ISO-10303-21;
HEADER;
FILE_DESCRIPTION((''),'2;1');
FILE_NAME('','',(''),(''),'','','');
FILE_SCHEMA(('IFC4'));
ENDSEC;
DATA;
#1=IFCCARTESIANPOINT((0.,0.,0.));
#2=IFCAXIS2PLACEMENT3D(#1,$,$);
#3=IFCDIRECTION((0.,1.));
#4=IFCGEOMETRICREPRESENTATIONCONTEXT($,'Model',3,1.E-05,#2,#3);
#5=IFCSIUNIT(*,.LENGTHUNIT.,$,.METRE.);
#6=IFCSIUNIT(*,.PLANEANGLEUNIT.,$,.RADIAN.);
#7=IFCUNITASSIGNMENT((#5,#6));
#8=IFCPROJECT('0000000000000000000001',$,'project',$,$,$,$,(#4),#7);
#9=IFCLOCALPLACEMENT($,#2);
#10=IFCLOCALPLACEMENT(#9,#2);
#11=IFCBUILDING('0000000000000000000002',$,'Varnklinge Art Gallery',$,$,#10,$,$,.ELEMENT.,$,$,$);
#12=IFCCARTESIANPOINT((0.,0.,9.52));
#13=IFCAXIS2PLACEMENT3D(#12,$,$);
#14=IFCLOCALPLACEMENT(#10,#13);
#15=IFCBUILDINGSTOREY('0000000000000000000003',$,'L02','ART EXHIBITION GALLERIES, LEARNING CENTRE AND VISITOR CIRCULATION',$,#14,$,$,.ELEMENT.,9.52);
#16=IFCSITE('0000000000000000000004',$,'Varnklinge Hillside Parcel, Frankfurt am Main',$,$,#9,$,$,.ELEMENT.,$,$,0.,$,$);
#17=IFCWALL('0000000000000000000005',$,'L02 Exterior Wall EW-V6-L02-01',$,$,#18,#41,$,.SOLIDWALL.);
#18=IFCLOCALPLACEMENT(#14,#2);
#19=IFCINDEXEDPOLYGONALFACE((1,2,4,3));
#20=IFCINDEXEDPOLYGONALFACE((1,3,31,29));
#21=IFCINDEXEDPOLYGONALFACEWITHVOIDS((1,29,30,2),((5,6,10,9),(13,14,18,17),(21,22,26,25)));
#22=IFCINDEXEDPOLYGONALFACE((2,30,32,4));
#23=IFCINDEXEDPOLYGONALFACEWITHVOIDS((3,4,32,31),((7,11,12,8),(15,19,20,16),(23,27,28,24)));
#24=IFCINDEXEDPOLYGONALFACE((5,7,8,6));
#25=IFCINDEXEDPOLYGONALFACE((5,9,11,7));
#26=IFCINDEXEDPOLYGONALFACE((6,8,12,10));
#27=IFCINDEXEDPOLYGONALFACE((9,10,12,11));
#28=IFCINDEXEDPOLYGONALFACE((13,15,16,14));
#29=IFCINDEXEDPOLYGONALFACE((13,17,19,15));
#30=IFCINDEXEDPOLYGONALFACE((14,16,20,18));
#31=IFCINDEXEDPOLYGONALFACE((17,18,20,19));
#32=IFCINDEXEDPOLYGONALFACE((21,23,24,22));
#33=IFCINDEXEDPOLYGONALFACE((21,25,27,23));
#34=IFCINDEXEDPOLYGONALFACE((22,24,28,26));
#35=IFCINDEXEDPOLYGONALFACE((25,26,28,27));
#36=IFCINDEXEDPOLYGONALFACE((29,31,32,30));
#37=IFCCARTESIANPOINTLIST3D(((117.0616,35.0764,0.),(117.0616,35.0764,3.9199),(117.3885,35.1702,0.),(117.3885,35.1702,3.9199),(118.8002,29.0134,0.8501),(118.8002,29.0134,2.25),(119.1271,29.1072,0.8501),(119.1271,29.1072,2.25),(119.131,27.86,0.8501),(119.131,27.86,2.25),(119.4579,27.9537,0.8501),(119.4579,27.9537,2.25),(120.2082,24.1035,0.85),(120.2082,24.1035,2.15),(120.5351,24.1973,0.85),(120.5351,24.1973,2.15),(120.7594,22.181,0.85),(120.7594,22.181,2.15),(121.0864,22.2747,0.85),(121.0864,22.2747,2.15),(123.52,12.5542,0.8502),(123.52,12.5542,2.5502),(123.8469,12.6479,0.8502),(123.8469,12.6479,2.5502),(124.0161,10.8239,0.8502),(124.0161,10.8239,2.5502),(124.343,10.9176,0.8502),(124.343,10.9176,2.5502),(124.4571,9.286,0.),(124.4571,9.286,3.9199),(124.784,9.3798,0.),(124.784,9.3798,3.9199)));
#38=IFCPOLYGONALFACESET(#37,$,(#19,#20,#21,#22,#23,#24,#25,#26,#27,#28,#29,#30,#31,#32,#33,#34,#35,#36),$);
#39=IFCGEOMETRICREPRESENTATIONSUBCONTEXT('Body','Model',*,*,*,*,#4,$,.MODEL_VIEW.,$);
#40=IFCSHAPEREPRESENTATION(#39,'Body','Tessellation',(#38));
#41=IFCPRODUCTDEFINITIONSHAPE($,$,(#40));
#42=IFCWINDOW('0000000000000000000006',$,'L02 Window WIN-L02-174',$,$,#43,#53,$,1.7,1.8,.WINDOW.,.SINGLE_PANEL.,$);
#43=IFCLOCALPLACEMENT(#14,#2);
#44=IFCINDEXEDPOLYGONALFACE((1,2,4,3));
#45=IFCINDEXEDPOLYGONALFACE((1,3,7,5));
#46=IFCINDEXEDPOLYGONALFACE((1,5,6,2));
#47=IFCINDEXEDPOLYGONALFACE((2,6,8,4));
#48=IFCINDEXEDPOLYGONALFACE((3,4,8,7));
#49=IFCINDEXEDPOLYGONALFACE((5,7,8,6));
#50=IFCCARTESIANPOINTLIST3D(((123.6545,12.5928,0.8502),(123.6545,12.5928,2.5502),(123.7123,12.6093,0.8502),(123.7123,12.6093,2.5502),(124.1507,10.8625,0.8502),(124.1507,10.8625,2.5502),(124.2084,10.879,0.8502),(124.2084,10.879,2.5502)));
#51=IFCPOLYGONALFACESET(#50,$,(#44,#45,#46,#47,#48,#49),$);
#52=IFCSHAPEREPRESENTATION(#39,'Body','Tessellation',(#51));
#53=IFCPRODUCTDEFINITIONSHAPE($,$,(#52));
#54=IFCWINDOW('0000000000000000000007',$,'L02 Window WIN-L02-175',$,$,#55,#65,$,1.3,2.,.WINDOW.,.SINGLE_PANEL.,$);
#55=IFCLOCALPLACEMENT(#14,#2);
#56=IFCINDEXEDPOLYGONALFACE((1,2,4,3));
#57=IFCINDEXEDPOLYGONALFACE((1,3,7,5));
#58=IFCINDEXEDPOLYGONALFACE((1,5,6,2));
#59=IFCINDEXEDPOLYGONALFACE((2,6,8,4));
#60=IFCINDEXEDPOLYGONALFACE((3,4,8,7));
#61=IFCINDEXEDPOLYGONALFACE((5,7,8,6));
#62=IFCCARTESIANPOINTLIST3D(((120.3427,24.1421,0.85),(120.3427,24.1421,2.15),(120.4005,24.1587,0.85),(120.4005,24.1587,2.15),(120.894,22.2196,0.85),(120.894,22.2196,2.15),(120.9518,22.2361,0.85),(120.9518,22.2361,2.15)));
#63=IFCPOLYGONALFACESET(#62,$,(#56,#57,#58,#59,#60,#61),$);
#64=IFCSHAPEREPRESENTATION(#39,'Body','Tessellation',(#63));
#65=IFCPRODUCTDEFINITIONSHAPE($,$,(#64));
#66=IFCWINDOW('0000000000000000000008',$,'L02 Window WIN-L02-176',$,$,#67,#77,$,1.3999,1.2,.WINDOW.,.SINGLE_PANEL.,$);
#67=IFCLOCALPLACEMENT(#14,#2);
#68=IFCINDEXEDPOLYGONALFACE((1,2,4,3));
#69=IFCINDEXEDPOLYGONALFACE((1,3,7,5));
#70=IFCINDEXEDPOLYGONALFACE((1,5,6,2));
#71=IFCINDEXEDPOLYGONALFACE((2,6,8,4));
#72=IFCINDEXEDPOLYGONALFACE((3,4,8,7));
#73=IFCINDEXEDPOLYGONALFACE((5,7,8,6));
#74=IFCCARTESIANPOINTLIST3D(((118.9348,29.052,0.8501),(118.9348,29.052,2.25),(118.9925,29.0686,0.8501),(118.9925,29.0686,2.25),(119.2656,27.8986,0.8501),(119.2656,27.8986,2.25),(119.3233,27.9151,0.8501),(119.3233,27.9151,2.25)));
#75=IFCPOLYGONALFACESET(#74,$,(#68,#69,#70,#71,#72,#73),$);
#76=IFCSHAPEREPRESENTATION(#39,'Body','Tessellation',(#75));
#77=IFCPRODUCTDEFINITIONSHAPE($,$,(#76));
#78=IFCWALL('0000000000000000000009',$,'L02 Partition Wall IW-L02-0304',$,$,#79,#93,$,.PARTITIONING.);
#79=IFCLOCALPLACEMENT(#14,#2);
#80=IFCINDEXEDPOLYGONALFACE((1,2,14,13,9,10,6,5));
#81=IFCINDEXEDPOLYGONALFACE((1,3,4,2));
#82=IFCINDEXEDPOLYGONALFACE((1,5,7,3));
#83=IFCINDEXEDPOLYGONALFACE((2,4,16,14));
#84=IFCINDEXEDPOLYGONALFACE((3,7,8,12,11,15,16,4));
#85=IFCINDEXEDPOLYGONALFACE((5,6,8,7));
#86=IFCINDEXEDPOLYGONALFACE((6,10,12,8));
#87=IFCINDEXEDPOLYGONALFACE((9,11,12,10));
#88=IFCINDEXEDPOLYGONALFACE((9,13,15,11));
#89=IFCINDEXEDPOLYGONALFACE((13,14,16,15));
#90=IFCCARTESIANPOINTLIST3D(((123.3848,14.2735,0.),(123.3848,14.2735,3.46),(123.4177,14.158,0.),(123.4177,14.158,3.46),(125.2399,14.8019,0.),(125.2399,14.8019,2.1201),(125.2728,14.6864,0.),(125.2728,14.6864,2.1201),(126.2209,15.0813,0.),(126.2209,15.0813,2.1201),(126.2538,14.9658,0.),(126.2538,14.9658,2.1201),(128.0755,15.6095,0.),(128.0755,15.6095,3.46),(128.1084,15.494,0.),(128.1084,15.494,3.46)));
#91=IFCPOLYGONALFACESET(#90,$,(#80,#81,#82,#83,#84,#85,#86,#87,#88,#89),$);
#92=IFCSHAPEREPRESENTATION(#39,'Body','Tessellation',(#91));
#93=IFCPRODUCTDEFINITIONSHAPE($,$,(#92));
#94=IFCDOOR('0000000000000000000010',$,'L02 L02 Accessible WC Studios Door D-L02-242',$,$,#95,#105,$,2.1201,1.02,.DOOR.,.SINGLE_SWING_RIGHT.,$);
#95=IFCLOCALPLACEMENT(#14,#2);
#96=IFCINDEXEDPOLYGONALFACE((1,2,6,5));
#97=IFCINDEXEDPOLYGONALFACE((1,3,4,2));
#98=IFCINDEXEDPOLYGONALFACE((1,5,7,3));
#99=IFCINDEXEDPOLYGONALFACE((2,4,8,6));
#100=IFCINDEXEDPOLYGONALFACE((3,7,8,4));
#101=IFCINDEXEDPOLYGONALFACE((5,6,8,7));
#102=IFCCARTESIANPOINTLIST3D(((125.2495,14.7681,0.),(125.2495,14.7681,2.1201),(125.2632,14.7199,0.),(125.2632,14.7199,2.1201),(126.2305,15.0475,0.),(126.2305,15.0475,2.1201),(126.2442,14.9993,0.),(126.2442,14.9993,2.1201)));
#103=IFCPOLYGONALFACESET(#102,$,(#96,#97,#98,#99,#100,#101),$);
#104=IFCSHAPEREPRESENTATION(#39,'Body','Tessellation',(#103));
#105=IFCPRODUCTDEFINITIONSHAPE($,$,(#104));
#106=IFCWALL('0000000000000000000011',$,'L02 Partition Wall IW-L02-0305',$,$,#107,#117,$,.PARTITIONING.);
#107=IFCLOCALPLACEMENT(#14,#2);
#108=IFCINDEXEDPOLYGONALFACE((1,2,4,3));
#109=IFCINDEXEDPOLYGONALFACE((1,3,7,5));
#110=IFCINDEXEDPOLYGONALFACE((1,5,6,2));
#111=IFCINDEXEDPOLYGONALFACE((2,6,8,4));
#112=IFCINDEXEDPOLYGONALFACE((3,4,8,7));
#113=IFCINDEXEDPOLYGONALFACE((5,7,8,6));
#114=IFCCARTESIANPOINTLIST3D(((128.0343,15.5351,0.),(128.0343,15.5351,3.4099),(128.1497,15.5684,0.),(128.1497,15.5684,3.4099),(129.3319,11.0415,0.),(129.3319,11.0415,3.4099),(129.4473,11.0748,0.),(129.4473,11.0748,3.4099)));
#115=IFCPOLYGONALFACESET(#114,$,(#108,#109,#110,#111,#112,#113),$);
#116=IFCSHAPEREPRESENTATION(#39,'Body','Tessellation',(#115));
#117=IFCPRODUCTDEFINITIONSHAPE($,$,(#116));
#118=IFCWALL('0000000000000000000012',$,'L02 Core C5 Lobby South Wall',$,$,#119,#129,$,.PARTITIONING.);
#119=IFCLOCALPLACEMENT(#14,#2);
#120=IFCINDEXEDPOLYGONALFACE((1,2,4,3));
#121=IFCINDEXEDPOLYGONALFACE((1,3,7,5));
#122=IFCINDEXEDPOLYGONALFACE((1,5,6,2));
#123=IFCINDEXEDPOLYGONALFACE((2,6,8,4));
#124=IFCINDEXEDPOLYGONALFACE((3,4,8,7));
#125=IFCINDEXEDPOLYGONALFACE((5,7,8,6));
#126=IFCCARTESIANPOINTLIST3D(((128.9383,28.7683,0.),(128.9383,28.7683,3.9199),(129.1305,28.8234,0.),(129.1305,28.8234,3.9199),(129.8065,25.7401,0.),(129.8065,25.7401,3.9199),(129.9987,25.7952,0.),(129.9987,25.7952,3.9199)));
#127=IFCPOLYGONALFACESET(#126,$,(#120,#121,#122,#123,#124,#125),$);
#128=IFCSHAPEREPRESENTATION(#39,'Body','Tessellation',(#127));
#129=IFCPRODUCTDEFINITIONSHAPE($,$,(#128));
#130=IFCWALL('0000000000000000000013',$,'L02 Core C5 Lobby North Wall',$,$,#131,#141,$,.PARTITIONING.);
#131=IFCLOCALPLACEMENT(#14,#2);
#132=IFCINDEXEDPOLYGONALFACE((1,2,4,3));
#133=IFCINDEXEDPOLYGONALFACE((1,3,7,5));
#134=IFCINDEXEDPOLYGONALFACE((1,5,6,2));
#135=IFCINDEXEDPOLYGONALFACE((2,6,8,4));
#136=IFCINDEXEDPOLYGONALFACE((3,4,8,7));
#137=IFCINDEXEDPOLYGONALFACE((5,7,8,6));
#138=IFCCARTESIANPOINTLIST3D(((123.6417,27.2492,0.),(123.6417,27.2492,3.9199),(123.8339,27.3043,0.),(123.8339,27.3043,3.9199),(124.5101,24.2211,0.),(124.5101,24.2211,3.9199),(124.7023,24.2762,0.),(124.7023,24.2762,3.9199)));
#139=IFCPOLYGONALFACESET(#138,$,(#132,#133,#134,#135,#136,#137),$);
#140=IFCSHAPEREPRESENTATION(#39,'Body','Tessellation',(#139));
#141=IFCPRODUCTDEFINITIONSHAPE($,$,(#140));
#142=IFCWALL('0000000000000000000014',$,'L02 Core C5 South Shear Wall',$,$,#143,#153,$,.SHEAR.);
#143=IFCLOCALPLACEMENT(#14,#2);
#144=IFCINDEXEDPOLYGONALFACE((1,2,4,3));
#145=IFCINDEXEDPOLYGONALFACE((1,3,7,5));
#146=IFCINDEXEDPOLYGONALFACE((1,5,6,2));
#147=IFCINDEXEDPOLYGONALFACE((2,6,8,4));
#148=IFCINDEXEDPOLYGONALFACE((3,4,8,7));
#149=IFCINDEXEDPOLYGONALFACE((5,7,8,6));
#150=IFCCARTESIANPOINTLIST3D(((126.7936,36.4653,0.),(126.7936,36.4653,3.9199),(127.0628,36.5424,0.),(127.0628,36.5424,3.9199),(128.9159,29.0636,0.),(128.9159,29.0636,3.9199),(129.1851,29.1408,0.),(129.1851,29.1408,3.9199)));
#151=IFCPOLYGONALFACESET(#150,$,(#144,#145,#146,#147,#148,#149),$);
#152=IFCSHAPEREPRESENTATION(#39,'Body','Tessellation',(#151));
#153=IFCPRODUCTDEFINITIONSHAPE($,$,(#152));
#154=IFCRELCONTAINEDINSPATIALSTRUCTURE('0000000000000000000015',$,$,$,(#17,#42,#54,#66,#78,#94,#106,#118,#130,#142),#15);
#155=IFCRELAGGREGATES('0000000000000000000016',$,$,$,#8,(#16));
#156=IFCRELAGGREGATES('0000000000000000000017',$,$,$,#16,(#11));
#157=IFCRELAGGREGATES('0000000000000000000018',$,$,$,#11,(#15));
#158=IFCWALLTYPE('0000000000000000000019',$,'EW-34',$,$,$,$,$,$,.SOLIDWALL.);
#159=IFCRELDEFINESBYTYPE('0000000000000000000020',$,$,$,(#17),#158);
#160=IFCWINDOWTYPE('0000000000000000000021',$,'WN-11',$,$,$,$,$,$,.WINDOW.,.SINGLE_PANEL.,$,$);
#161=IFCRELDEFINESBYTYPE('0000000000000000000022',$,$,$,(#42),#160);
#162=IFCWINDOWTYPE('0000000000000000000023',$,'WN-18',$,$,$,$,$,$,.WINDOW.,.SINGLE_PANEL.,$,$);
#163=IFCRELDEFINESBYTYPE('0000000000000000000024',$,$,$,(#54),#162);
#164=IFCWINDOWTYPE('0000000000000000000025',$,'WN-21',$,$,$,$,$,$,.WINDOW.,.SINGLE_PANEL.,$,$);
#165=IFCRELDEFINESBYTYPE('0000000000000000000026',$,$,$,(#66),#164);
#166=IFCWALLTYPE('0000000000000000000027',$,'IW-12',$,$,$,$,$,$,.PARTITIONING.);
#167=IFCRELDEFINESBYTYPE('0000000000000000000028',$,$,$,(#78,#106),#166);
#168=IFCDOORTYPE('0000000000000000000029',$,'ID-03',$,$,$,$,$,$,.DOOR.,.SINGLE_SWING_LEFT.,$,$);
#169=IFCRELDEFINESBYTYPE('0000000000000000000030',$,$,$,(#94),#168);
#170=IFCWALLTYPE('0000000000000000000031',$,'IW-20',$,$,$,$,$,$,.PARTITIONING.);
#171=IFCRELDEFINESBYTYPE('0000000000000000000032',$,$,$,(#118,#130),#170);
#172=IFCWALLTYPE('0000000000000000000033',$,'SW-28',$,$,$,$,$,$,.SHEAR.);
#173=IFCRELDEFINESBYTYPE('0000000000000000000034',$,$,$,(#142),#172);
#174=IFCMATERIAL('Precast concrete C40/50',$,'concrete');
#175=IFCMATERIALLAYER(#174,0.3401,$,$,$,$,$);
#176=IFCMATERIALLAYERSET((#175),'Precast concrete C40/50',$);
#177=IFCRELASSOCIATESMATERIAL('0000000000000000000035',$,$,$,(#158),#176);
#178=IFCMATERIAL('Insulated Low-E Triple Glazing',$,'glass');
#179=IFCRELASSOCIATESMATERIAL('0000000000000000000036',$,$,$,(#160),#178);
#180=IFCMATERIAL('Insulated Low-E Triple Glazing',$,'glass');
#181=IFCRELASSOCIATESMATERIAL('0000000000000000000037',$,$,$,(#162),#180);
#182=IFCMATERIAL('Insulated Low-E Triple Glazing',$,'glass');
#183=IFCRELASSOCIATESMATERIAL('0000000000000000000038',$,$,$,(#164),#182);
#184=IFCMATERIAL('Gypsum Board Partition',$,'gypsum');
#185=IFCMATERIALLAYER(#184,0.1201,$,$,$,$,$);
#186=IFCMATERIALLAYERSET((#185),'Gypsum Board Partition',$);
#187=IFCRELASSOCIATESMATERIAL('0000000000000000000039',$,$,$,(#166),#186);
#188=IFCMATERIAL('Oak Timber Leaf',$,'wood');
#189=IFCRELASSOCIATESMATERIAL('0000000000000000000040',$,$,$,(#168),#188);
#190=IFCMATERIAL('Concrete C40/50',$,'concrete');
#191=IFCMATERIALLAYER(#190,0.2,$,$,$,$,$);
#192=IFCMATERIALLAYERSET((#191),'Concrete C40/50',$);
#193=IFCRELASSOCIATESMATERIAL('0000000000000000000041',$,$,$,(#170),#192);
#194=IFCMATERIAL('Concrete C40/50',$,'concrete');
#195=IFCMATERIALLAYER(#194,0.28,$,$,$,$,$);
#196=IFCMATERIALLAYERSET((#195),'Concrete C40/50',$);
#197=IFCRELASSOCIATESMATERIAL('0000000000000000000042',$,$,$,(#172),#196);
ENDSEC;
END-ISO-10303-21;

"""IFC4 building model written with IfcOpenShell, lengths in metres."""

from ifc_helpers import new_model, si_unit, direction, frame, frame_2d, origin, place, context, subcontext, project, spatial, rectangle, extrude, material, layer, layer_set, type_object, element, fill, save


model = new_model("IFC4")

# Units and contexts
model_context = context("Model", 3, precision=1e-05, world=origin(), true_north=direction((0.0, 1.0)))
body_context = subcontext(model_context, "Body", "Model", "MODEL_VIEW")
ifc_project = project(units=[si_unit("LENGTHUNIT", "METRE"), si_unit("PLANEANGLEUNIT", "RADIAN")], contexts=[model_context])

# Site, building, storey
site_placement = place(None, origin())
site = spatial("IfcSite", under=ifc_project, at=site_placement, Name="Varnklinge Hillside Parcel, Frankfurt am Main", CompositionType="ELEMENT", RefElevation=0.0)
building_placement = place(site_placement, origin())
building = spatial("IfcBuilding", under=site, at=building_placement, Name="Varnklinge Art Gallery", CompositionType="ELEMENT")
storey_placement = place(building_placement, frame((0.0, 0.0, 9.52)))
storey = spatial("IfcBuildingStorey", under=building, at=storey_placement, Name="L02", Description="ART EXHIBITION GALLERIES, LEARNING CENTRE AND VISITOR CIRCULATION", CompositionType="ELEMENT", Elevation=9.52)

# Wall, openings, windows
ifc_material_1 = material(Name="Precast concrete C40/50", Category="concrete")
ifc_layer_1 = layer(ifc_material_1, 0.3401)
ifc_layer_set_1 = layer_set([ifc_layer_1], Name="Precast concrete C40/50")
wall_type_1 = type_object("IfcWallType", Name="EW-34", PredefinedType="SOLIDWALL", material=ifc_layer_set_1)
wall_1_placement = place(storey_placement, frame((124.6206, 9.3328, 0.0), z_axis=(0.0, 0.0, 1.0), x_axis=(-0.275644, 0.96126, 0.0)))
wall_1 = element("IfcWall", 1, at=wall_1_placement, inside=storey, type_object=wall_type_1, Name="L02 Exterior Wall EW-V6-L02-01", PredefinedType="SOLIDWALL", context=body_context, shape_type="SweptSolid", body=[
    extrude(rectangle(XDim=26.8298, YDim=0.3401, at=frame_2d((13.415, 0.0))), origin(), (0.0, 0.0, 1.0), 3.9199),
])
opening_1_placement = place(wall_1_placement, frame((1.6001, 0.0, 0.8501)))
opening_1 = element("IfcOpeningElement", 2, at=opening_1_placement, cuts=wall_1, PredefinedType="OPENING", context=body_context, shape_type="SweptSolid", body=[
    extrude(rectangle(XDim=1.8, YDim=1.7, at=frame_2d((0.8999, 0.8501))), frame((0.0, 0.1799, 0.0), z_axis=(0.0, -1.0, 0.0), x_axis=(1.0, 0.0, 0.0)), (0.0, 0.0, 1.0), 0.3601),
])
opening_2_placement = place(wall_1_placement, frame((13.4148, 0.0, 0.8501)))
opening_2 = element("IfcOpeningElement", 3, at=opening_2_placement, cuts=wall_1, PredefinedType="OPENING", context=body_context, shape_type="SweptSolid", body=[
    extrude(rectangle(XDim=2.0, YDim=1.3, at=frame_2d((1.0, 0.6499))), frame((0.0, 0.1799, 0.0), z_axis=(0.0, -1.0, 0.0), x_axis=(1.0, 0.0, 0.0)), (0.0, 0.0, 1.0), 0.3601),
])
opening_3_placement = place(wall_1_placement, frame((19.3225, 0.0, 0.8501)))
opening_3 = element("IfcOpeningElement", 4, at=opening_3_placement, cuts=wall_1, PredefinedType="OPENING", context=body_context, shape_type="SweptSolid", body=[
    extrude(rectangle(XDim=1.2, YDim=1.3999, at=frame_2d((0.6001, 0.7))), frame((0.0, 0.1799, 0.0), z_axis=(0.0, -1.0, 0.0), x_axis=(1.0, 0.0, 0.0)), (0.0, 0.0, 1.0), 0.3601),
])
ifc_material_2 = material(Name="Insulated Low-E Triple Glazing", Category="glass")
window_type_1 = type_object("IfcWindowType", Name="WN-11", PartitioningType="SINGLE_PANEL", PredefinedType="WINDOW", material=ifc_material_2)
window_1_placement = place(opening_1_placement, origin())
window_1 = element("IfcWindow", 5, at=window_1_placement, inside=storey, type_object=window_type_1, Name="L02 Window WIN-L02-174", OverallHeight=1.7, OverallWidth=1.8, PartitioningType="SINGLE_PANEL", PredefinedType="WINDOW", context=body_context, shape_type="SweptSolid", body=[
    extrude(rectangle(XDim=1.8, YDim=1.7, at=frame_2d((0.8999, 0.8501))), frame((0.0, 0.03, 0.0), z_axis=(0.0, -1.0, 0.0), x_axis=(1.0, 0.0, 0.0)), (0.0, 0.0, 1.0), 0.0601),
])
fill(opening_1, window_1)
ifc_material_3 = material(Name="Insulated Low-E Triple Glazing", Category="glass")
window_type_2 = type_object("IfcWindowType", Name="WN-18", PartitioningType="SINGLE_PANEL", PredefinedType="WINDOW", material=ifc_material_3)
window_2_placement = place(opening_2_placement, origin())
window_2 = element("IfcWindow", 6, at=window_2_placement, inside=storey, type_object=window_type_2, Name="L02 Window WIN-L02-175", OverallHeight=1.3, OverallWidth=2.0, PartitioningType="SINGLE_PANEL", PredefinedType="WINDOW", context=body_context, shape_type="SweptSolid", body=[
    extrude(rectangle(XDim=2.0, YDim=1.3, at=frame_2d((1.0, 0.6499))), frame((0.0, 0.03, 0.0), z_axis=(0.0, -1.0, 0.0), x_axis=(1.0, 0.0, 0.0)), (0.0, 0.0, 1.0), 0.0601),
])
fill(opening_2, window_2)
ifc_material_4 = material(Name="Insulated Low-E Triple Glazing", Category="glass")
window_type_3 = type_object("IfcWindowType", Name="WN-21", PartitioningType="SINGLE_PANEL", PredefinedType="WINDOW", material=ifc_material_4)
window_3_placement = place(opening_3_placement, origin())
window_3 = element("IfcWindow", 7, at=window_3_placement, inside=storey, type_object=window_type_3, Name="L02 Window WIN-L02-176", OverallHeight=1.3999, OverallWidth=1.2, PartitioningType="SINGLE_PANEL", PredefinedType="WINDOW", context=body_context, shape_type="SweptSolid", body=[
    extrude(rectangle(XDim=1.2, YDim=1.3999, at=frame_2d((0.6001, 0.7))), frame((0.0, 0.03, 0.0), z_axis=(0.0, -1.0, 0.0), x_axis=(1.0, 0.0, 0.0)), (0.0, 0.0, 1.0), 0.0601),
])
fill(opening_3, window_3)

# Wall, opening, door
ifc_material_5 = material(Name="Gypsum Board Partition", Category="gypsum")
ifc_layer_2 = layer(ifc_material_5, 0.1201)
ifc_layer_set_2 = layer_set([ifc_layer_2], Name="Gypsum Board Partition")
wall_type_2 = type_object("IfcWallType", Name="IW-12", PredefinedType="PARTITIONING", material=ifc_layer_set_2)
wall_2_placement = place(storey_placement, frame((123.4014, 14.2158, 0.0), z_axis=(0.0, 0.0, 1.0), x_axis=(0.961754, 0.273914, 0.0)))
wall_2 = element("IfcWall", 8, at=wall_2_placement, inside=storey, type_object=wall_type_2, Name="L02 Partition Wall IW-L02-0304", PredefinedType="PARTITIONING", context=body_context, shape_type="SweptSolid", body=[
    extrude(rectangle(XDim=4.8772, YDim=0.1201, at=frame_2d((2.4385, 0.0))), origin(), (0.0, 0.0, 1.0), 3.46),
])
opening_4_placement = place(wall_2_placement, frame((1.9287, 0.0, 0.0)))
opening_4 = element("IfcOpeningElement", 9, at=opening_4_placement, cuts=wall_2, PredefinedType="OPENING", context=body_context, shape_type="SweptSolid", body=[
    extrude(rectangle(XDim=1.02, YDim=2.1201, at=frame_2d((0.51, 1.0601))), frame((0.0, 0.0701, 0.0), z_axis=(0.0, -1.0, 0.0), x_axis=(1.0, 0.0, 0.0)), (0.0, 0.0, 1.0), 0.1401),
])
ifc_material_6 = material(Name="Oak Timber Leaf", Category="wood")
door_type_1 = type_object("IfcDoorType", Name="ID-03", OperationType="SINGLE_SWING_LEFT", PredefinedType="DOOR", material=ifc_material_6)
door_1_placement = place(opening_4_placement, origin())
door_1 = element("IfcDoor", 10, at=door_1_placement, inside=storey, type_object=door_type_1, Name="L02 L02 Accessible WC Studios Door D-L02-242", OperationType="SINGLE_SWING_RIGHT", OverallHeight=2.1201, OverallWidth=1.02, PredefinedType="DOOR", context=body_context, shape_type="SweptSolid", body=[
    extrude(rectangle(XDim=1.02, YDim=2.1201, at=frame_2d((0.51, 1.0601))), frame((0.0, 0.0249, 0.0), z_axis=(0.0, -1.0, 0.0), x_axis=(1.0, 0.0, 0.0)), (0.0, 0.0, 1.0), 0.05),
])
fill(opening_4, door_1)

# Walls
wall_3_placement = place(storey_placement, frame((128.092, 15.5518, 0.0), z_axis=(0.0, 0.0, 1.0), x_axis=(0.277429, -0.960746, 0.0)))
element("IfcWall", 11, at=wall_3_placement, inside=storey, type_object=wall_type_2, Name="L02 Partition Wall IW-L02-0305", PredefinedType="PARTITIONING", context=body_context, shape_type="SweptSolid", body=[
    extrude(rectangle(XDim=4.6772, YDim=0.1201, at=frame_2d((2.3386, 0.0))), origin(), (0.0, 0.0, 1.0), 3.4099),
])
ifc_material_7 = material(Name="Concrete C40/50", Category="concrete")
ifc_layer_3 = layer(ifc_material_7, 0.2)
ifc_layer_set_3 = layer_set([ifc_layer_3], Name="Concrete C40/50")
wall_type_3 = type_object("IfcWallType", Name="IW-20", PredefinedType="PARTITIONING", material=ifc_layer_set_3)
for number, where, z_axis, x_axis, name in (
    (12, (129.9026, 25.7676, 0.0), (0.0, 0.0, 1.0), (-0.275601, 0.961272, 0.0), "L02 Core C5 Lobby South Wall"),
    (13, (123.7378, 27.2769, 0.0), (0.0, 0.0, 1.0), (0.275673, -0.961251, 0.0), "L02 Core C5 Lobby North Wall"),
):
    element("IfcWall", number, at=place(storey_placement, frame(where, z_axis=z_axis, x_axis=x_axis)), inside=storey, type_object=wall_type_3, Name=name, PredefinedType="PARTITIONING", context=body_context, shape_type="SweptSolid", body=[
        extrude(rectangle(XDim=3.1501, YDim=0.2, at=frame_2d((1.5752, 0.0))), origin(), (0.0, 0.0, 1.0), 3.9199),
    ])

# Wall
ifc_material_8 = material(Name="Concrete C40/50", Category="concrete")
ifc_layer_4 = layer(ifc_material_8, 0.28)
ifc_layer_set_4 = layer_set([ifc_layer_4], Name="Concrete C40/50")
wall_type_4 = type_object("IfcWallType", Name="SW-28", PredefinedType="SHEAR", material=ifc_layer_set_4)
wall_4_placement = place(storey_placement, frame((129.0505, 29.1021, 0.0), z_axis=(0.0, 0.0, 1.0), x_axis=(-0.27563, 0.961264, 0.0)))
element("IfcWall", 14, at=wall_4_placement, inside=storey, type_object=wall_type_4, Name="L02 Core C5 South Shear Wall", PredefinedType="SHEAR", context=body_context, shape_type="SweptSolid", body=[
    extrude(rectangle(XDim=7.7, YDim=0.28, at=frame_2d((3.8501, 0.0))), origin(), (0.0, 0.0, 1.0), 3.9199),
])

save(model, "model.ifc")
